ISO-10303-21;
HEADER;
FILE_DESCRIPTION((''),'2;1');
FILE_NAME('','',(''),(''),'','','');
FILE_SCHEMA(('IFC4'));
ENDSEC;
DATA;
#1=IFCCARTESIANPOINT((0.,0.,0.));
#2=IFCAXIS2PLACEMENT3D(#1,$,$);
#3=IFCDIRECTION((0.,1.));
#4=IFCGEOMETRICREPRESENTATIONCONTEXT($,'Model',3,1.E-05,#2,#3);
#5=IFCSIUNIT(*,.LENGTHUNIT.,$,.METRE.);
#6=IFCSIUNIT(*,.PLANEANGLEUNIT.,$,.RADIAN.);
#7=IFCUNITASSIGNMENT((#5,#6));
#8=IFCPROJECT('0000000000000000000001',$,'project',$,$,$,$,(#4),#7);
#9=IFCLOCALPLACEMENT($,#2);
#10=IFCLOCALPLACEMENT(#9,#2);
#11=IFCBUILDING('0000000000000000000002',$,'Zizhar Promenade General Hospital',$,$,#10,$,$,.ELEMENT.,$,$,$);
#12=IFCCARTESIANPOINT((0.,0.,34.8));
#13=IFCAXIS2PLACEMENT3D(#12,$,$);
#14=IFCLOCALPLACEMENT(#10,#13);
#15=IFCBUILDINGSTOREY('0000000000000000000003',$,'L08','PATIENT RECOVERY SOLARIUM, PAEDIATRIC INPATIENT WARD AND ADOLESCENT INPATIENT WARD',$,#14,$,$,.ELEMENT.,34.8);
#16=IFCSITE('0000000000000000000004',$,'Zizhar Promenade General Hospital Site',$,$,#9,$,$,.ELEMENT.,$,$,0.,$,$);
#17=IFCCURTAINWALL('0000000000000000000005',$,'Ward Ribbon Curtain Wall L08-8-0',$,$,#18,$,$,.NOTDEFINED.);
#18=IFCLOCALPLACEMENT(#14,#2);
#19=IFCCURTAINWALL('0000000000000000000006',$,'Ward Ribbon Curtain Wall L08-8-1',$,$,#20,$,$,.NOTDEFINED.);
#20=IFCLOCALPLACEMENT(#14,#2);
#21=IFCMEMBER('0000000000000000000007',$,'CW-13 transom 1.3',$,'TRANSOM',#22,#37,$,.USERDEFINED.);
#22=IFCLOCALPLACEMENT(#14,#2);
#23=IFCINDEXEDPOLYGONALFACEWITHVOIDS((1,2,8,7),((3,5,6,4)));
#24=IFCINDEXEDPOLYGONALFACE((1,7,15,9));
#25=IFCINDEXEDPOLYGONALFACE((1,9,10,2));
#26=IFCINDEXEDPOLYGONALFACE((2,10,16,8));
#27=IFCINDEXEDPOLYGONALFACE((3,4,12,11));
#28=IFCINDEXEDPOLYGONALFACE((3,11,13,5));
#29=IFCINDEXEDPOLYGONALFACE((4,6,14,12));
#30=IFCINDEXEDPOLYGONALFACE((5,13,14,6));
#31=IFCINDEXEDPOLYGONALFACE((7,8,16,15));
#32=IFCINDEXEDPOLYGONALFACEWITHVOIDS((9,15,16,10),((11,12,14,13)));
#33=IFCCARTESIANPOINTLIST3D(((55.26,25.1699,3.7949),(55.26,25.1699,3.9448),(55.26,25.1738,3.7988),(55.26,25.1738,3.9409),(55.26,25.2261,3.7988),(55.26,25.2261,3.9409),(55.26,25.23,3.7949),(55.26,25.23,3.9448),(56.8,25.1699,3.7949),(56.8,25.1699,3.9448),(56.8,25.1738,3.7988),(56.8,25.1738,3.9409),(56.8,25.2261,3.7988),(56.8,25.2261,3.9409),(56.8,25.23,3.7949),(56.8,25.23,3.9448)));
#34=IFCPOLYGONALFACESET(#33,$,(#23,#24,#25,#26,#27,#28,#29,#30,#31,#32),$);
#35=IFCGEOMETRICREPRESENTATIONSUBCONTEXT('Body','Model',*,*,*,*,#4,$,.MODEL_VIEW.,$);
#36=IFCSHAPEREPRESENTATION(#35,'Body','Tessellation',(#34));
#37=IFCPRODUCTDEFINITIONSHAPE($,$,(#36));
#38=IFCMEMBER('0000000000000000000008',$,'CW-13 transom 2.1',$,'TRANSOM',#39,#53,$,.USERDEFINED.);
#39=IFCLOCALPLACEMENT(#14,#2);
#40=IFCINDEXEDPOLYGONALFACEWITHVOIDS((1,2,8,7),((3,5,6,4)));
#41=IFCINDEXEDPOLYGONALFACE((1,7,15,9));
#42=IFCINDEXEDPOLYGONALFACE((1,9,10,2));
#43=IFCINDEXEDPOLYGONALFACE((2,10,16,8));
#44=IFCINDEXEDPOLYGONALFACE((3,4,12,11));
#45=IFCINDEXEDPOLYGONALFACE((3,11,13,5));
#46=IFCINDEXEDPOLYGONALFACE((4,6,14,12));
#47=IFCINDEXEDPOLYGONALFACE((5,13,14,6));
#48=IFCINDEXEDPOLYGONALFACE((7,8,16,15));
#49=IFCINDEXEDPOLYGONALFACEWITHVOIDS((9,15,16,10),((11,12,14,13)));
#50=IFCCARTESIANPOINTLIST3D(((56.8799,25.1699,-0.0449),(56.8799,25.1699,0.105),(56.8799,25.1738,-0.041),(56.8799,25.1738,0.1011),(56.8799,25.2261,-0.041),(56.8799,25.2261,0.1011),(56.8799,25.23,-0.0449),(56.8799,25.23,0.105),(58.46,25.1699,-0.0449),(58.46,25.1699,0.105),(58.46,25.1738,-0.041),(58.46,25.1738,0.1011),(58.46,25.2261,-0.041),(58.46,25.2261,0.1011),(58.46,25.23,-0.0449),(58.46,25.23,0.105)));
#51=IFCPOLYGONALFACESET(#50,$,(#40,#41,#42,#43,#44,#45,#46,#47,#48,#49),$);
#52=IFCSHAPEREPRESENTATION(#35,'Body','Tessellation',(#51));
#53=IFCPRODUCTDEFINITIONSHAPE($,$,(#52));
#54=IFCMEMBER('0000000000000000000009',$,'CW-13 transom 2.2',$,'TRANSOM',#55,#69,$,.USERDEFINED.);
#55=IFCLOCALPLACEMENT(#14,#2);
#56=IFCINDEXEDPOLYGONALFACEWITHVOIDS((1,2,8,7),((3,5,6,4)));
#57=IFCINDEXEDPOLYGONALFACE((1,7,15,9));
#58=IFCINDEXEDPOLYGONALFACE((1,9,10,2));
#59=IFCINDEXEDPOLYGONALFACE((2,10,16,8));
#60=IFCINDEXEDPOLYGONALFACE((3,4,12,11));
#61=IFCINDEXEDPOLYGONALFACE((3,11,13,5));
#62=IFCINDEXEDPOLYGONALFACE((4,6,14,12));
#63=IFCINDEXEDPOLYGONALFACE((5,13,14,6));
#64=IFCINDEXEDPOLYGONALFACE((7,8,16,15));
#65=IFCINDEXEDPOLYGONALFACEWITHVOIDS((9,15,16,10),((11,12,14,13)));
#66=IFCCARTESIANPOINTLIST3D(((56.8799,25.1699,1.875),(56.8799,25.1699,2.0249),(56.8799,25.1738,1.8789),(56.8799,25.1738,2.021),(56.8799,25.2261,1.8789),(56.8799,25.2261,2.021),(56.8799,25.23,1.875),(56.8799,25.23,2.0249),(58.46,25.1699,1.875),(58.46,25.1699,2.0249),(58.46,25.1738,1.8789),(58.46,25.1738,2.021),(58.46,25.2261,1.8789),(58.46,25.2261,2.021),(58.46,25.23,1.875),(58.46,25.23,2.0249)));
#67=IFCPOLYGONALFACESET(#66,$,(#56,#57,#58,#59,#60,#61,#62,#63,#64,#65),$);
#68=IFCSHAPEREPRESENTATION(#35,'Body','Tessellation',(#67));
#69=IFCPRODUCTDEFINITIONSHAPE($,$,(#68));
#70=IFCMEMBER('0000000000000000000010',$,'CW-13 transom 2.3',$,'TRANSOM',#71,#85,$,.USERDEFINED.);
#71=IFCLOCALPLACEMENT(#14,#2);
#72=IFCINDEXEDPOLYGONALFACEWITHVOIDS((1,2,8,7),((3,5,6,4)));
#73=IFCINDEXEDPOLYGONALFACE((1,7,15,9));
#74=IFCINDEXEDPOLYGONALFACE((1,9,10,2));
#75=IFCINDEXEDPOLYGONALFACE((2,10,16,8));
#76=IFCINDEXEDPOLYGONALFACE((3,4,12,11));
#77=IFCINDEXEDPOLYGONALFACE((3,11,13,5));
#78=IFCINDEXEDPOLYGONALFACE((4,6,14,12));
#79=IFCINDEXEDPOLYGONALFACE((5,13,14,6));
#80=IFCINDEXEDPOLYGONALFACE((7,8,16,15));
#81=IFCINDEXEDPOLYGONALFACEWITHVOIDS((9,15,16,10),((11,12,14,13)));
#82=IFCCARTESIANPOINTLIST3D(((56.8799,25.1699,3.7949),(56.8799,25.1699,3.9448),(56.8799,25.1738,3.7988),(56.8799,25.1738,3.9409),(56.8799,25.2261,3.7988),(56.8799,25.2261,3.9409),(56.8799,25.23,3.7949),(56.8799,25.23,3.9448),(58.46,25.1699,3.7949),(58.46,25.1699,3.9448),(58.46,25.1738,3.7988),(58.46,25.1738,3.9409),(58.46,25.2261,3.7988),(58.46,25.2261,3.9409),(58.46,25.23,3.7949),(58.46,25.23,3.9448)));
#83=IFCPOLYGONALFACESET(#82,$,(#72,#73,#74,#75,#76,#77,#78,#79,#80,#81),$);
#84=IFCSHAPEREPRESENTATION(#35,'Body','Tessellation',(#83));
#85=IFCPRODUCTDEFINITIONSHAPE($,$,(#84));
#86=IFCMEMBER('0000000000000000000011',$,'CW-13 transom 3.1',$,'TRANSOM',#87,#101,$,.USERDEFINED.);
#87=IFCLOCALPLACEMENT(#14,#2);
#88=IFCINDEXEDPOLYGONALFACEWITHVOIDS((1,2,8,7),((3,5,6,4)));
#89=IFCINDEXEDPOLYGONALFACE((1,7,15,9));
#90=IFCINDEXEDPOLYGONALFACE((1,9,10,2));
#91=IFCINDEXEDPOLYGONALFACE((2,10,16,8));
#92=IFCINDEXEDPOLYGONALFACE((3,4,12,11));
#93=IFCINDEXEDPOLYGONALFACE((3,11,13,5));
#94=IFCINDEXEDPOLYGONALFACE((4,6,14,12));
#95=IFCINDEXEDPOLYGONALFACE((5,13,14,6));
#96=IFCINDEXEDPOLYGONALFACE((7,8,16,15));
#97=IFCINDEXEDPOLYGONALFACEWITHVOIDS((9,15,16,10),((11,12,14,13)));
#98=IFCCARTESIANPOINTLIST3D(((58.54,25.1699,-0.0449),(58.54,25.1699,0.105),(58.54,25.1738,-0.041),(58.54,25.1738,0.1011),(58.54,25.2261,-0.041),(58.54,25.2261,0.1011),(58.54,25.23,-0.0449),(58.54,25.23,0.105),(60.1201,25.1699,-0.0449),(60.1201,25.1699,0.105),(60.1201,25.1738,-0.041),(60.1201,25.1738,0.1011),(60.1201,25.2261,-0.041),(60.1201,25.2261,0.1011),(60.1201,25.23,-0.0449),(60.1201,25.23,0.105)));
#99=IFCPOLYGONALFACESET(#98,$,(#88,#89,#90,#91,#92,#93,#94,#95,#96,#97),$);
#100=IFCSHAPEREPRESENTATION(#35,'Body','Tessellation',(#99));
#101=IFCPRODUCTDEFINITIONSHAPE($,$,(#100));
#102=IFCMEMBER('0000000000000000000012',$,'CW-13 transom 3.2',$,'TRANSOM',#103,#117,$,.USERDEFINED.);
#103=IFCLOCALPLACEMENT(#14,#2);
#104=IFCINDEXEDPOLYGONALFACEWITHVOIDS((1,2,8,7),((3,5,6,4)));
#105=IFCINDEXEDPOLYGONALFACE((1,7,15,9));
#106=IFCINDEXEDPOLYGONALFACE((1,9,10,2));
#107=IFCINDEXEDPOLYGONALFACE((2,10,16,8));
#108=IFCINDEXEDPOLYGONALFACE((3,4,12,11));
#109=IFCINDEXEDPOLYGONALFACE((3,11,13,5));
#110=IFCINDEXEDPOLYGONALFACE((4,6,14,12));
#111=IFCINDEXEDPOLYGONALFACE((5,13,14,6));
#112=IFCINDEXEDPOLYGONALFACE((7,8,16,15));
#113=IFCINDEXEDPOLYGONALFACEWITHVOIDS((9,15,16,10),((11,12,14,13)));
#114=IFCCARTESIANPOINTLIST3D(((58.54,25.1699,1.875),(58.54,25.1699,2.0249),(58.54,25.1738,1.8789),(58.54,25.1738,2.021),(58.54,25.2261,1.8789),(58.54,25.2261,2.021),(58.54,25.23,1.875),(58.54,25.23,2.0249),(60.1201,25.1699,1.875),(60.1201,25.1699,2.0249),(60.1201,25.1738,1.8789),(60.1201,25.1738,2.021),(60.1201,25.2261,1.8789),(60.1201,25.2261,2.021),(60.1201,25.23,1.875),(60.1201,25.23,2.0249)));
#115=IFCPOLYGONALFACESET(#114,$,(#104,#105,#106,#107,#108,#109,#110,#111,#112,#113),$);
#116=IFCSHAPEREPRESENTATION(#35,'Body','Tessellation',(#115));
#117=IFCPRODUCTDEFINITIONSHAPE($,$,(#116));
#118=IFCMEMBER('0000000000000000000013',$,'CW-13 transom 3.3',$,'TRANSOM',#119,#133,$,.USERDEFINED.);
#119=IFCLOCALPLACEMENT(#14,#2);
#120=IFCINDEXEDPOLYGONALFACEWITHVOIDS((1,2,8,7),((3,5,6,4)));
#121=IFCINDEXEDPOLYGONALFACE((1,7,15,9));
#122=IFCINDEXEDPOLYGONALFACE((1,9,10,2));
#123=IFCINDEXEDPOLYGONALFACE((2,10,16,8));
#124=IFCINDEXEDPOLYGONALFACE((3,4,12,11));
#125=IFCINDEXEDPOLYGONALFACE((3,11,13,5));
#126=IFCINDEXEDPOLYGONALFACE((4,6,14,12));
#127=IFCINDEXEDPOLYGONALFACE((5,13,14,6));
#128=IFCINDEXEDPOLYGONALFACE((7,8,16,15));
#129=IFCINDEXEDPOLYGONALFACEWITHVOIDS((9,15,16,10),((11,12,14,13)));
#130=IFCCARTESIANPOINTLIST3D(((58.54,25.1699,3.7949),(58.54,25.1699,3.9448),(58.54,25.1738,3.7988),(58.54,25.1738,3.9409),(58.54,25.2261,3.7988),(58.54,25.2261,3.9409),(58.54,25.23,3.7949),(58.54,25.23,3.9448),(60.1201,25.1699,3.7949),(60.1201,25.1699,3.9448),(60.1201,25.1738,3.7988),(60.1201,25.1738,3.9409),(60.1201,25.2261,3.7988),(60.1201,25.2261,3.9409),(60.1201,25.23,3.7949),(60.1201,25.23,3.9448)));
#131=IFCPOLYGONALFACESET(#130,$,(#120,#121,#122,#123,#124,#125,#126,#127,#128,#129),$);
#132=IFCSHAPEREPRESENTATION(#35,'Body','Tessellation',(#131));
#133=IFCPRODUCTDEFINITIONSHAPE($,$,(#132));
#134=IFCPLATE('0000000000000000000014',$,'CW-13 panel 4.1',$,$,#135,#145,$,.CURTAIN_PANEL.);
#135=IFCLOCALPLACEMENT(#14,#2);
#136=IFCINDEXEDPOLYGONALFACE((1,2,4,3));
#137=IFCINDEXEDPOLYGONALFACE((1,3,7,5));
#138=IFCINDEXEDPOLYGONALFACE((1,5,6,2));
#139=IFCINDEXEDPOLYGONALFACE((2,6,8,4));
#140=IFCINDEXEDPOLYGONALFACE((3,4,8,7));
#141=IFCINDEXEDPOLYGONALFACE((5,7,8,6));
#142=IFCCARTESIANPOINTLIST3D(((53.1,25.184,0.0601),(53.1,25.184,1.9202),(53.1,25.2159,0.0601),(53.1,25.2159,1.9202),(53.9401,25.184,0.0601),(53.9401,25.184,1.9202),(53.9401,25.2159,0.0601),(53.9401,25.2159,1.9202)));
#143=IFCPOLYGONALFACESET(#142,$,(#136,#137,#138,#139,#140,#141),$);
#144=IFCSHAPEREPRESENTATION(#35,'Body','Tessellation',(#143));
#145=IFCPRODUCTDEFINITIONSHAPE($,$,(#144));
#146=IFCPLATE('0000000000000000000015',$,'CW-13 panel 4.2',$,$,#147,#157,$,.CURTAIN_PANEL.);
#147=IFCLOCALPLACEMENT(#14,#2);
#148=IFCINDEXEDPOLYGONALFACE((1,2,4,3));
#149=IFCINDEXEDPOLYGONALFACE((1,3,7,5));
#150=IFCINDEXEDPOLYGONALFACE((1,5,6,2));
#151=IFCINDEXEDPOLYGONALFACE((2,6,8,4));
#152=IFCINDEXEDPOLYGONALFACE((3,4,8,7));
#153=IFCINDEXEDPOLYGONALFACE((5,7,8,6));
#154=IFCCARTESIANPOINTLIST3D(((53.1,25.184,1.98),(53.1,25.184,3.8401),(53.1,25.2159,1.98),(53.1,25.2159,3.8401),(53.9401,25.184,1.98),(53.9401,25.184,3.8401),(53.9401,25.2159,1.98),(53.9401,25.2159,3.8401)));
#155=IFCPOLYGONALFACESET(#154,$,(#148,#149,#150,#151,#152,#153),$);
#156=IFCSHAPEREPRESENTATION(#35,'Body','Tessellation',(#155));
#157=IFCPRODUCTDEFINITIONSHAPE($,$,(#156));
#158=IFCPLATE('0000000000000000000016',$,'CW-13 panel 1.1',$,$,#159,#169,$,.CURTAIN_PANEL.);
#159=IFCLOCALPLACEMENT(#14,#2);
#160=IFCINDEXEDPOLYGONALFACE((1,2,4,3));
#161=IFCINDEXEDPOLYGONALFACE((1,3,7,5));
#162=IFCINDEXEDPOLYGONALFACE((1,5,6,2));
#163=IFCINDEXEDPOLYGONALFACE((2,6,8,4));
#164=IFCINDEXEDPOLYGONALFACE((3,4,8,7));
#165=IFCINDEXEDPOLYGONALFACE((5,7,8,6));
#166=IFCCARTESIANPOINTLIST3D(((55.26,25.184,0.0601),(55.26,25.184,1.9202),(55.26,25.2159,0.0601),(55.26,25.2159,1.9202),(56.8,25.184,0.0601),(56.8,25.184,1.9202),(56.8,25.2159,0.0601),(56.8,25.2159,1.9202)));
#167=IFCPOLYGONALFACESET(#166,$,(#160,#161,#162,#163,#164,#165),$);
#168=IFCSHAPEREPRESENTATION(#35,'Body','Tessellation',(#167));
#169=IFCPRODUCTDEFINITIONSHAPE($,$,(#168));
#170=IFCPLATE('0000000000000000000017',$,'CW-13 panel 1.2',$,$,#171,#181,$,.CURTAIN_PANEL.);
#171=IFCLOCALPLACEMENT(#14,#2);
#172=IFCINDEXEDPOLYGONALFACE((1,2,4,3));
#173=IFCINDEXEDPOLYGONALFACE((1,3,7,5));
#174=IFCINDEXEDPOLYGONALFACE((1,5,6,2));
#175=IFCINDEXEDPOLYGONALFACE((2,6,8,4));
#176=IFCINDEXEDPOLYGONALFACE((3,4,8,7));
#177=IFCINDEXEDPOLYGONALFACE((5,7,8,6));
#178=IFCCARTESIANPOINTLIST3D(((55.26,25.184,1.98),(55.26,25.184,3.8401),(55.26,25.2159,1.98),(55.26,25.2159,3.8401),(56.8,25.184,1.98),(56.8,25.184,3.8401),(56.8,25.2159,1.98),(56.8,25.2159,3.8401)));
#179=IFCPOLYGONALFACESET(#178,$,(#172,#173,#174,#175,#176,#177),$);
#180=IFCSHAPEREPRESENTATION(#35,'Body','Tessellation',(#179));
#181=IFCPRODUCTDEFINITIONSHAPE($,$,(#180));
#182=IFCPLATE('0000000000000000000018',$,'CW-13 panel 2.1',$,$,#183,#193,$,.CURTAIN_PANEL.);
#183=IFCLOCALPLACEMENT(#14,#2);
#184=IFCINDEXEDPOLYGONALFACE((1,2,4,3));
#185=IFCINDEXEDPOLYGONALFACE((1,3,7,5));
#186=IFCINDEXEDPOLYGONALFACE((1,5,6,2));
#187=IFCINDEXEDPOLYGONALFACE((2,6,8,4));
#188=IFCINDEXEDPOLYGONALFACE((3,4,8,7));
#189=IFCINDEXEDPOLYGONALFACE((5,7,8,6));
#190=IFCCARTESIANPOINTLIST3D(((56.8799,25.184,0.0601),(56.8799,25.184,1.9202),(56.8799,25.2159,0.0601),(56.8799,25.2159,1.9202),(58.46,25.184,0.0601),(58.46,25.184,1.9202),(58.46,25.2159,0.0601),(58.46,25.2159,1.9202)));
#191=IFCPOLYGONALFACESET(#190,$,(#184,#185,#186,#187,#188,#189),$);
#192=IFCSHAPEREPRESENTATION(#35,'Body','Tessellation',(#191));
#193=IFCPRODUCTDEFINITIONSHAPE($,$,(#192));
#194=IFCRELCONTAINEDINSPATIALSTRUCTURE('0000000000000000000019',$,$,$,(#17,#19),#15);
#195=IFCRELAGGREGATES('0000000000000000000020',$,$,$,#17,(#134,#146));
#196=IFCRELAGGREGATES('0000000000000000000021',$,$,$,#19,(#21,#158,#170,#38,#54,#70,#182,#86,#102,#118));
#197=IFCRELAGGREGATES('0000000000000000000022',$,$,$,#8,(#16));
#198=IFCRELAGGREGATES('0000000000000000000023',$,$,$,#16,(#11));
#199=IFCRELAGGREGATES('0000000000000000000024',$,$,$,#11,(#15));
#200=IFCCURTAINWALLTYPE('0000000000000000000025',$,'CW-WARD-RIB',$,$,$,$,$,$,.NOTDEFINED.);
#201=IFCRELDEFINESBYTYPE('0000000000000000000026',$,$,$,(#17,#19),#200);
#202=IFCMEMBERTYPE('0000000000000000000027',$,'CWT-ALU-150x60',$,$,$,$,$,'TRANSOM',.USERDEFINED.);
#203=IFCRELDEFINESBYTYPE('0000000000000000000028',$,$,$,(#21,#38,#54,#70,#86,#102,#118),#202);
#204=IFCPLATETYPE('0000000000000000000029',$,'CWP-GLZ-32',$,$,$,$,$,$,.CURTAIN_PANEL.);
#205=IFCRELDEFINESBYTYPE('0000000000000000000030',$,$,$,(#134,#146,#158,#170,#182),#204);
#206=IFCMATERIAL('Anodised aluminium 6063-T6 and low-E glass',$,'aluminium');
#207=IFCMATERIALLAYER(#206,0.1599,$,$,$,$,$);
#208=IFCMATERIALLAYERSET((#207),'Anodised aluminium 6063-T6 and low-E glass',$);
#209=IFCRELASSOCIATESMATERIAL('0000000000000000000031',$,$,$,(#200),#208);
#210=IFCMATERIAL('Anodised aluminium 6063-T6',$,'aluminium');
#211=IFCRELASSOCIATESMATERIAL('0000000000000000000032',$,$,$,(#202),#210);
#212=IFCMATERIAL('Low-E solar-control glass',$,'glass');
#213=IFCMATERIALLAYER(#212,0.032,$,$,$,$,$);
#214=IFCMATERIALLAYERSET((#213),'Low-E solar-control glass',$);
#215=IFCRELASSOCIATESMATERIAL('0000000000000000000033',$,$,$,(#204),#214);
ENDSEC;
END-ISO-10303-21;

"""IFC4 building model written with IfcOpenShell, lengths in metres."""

from ifc_helpers import new_model, si_unit, direction, frame, origin, origin_2d, place, context, subcontext, project, spatial, rectangle, hollow_rectangle, extrude, material, layer, layer_set, material_profile, profile_set, type_object, element, aggregate, save


model = new_model("IFC4")

# Units and contexts
model_context = context("Model", 3, precision=1e-05, world=origin(), true_north=direction((0.0, 1.0)))
body_context = subcontext(model_context, "Body", "Model", "MODEL_VIEW")
ifc_project = project(units=[si_unit("LENGTHUNIT", "METRE"), si_unit("PLANEANGLEUNIT", "RADIAN")], contexts=[model_context])

# Site, building, storey
site_placement = place(None, origin())
site = spatial("IfcSite", under=ifc_project, at=site_placement, Name="Zizhar Promenade General Hospital Site", CompositionType="ELEMENT", RefElevation=0.0)
building_placement = place(site_placement, origin())
building = spatial("IfcBuilding", under=site, at=building_placement, Name="Zizhar Promenade General Hospital", CompositionType="ELEMENT")
storey_placement = place(building_placement, frame((0.0, 0.0, 34.8)))
storey = spatial("IfcBuildingStorey", under=building, at=storey_placement, Name="L08", Description="PATIENT RECOVERY SOLARIUM, PAEDIATRIC INPATIENT WARD AND ADOLESCENT INPATIENT WARD", CompositionType="ELEMENT", Elevation=34.8)

# Curtain wall
ifc_material_1 = material(Name="Anodised aluminium 6063-T6 and low-E glass", Category="aluminium")
ifc_layer_1 = layer(ifc_material_1, 0.1599)
ifc_layer_set_1 = layer_set([ifc_layer_1], Name="Anodised aluminium 6063-T6 and low-E glass")
curtain_wall_type = type_object("IfcCurtainWallType", Name="CW-WARD-RIB", PredefinedType="NOTDEFINED", material=ifc_layer_set_1)
curtain_wall_1_placement = place(storey_placement, origin())
curtain_wall_1 = element("IfcCurtainWall", 1, at=curtain_wall_1_placement, inside=storey, type_object=curtain_wall_type, Name="Ward Ribbon Curtain Wall L08-8-0", PredefinedType="NOTDEFINED")

# Curtain wall
curtain_wall_2_placement = place(storey_placement, origin())
curtain_wall_2 = element("IfcCurtainWall", 2, at=curtain_wall_2_placement, inside=storey, type_object=curtain_wall_type, Name="Ward Ribbon Curtain Wall L08-8-1", PredefinedType="NOTDEFINED")

# Members
ifc_material_2 = material(Name="Anodised aluminium 6063-T6", Category="aluminium")
ifc_material_profile_1 = material_profile(ifc_material_2, hollow_rectangle(XDim=0.0601, YDim=0.1499, WallThickness=0.0039, at=origin_2d()))
ifc_profile_set_1 = profile_set([ifc_material_profile_1], Name="Anodised aluminium 6063-T6")
member_type_1 = type_object("IfcMemberType", Name="CWT-ALU-150x60", ElementType="TRANSOM", PredefinedType="USERDEFINED", material=ifc_profile_set_1)
member_1_placement = place(storey_placement, frame((55.26, 25.2, 3.8699), z_axis=(1.0, 0.0, 0.0), x_axis=(0.0, 1.0, 0.0)))
member_1 = element("IfcMember", 3, at=member_1_placement, type_object=member_type_1, Name="CW-13 transom 1.3", ObjectType="TRANSOM", PredefinedType="USERDEFINED", context=body_context, shape_type="SweptSolid", body=[
    extrude(hollow_rectangle(XDim=0.0601, YDim=0.1499, WallThickness=0.0039, at=origin_2d()), origin(), (0.0, 0.0, 1.0), 1.54),
])
member_2_placement = place(storey_placement, frame((56.8799, 25.2, 0.03), z_axis=(1.0, 0.0, 0.0), x_axis=(0.0, 1.0, 0.0)))
member_2 = element("IfcMember", 4, at=member_2_placement, type_object=member_type_1, Name="CW-13 transom 2.1", ObjectType="TRANSOM", PredefinedType="USERDEFINED", context=body_context, shape_type="SweptSolid", body=[
    extrude(hollow_rectangle(XDim=0.0601, YDim=0.1499, WallThickness=0.0039, at=origin_2d()), origin(), (0.0, 0.0, 1.0), 1.5801),
])
member_3_placement = place(storey_placement, frame((56.8799, 25.2, 1.95), z_axis=(1.0, 0.0, 0.0), x_axis=(0.0, 1.0, 0.0)))
member_3 = element("IfcMember", 5, at=member_3_placement, type_object=member_type_1, Name="CW-13 transom 2.2", ObjectType="TRANSOM", PredefinedType="USERDEFINED", context=body_context, shape_type="SweptSolid", body=[
    extrude(hollow_rectangle(XDim=0.0601, YDim=0.1499, WallThickness=0.0039, at=origin_2d()), origin(), (0.0, 0.0, 1.0), 1.5801),
])
member_4_placement = place(storey_placement, frame((56.8799, 25.2, 3.8699), z_axis=(1.0, 0.0, 0.0), x_axis=(0.0, 1.0, 0.0)))
member_4 = element("IfcMember", 6, at=member_4_placement, type_object=member_type_1, Name="CW-13 transom 2.3", ObjectType="TRANSOM", PredefinedType="USERDEFINED", context=body_context, shape_type="SweptSolid", body=[
    extrude(hollow_rectangle(XDim=0.0601, YDim=0.1499, WallThickness=0.0039, at=origin_2d()), origin(), (0.0, 0.0, 1.0), 1.5801),
])
member_5_placement = place(storey_placement, frame((58.54, 25.2, 0.03), z_axis=(1.0, 0.0, 0.0), x_axis=(0.0, 1.0, 0.0)))
member_5 = element("IfcMember", 7, at=member_5_placement, type_object=member_type_1, Name="CW-13 transom 3.1", ObjectType="TRANSOM", PredefinedType="USERDEFINED", context=body_context, shape_type="SweptSolid", body=[
    extrude(hollow_rectangle(XDim=0.0601, YDim=0.1499, WallThickness=0.0039, at=origin_2d()), origin(), (0.0, 0.0, 1.0), 1.5801),
])
member_6_placement = place(storey_placement, frame((58.54, 25.2, 1.95), z_axis=(1.0, 0.0, 0.0), x_axis=(0.0, 1.0, 0.0)))
member_6 = element("IfcMember", 8, at=member_6_placement, type_object=member_type_1, Name="CW-13 transom 3.2", ObjectType="TRANSOM", PredefinedType="USERDEFINED", context=body_context, shape_type="SweptSolid", body=[
    extrude(hollow_rectangle(XDim=0.0601, YDim=0.1499, WallThickness=0.0039, at=origin_2d()), origin(), (0.0, 0.0, 1.0), 1.5801),
])
member_7_placement = place(storey_placement, frame((58.54, 25.2, 3.8699), z_axis=(1.0, 0.0, 0.0), x_axis=(0.0, 1.0, 0.0)))
member_7 = element("IfcMember", 9, at=member_7_placement, type_object=member_type_1, Name="CW-13 transom 3.3", ObjectType="TRANSOM", PredefinedType="USERDEFINED", context=body_context, shape_type="SweptSolid", body=[
    extrude(hollow_rectangle(XDim=0.0601, YDim=0.1499, WallThickness=0.0039, at=origin_2d()), origin(), (0.0, 0.0, 1.0), 1.5801),
])

# Plates
ifc_material_3 = material(Name="Low-E solar-control glass", Category="glass")
ifc_layer_2 = layer(ifc_material_3, 0.032)
ifc_layer_set_2 = layer_set([ifc_layer_2], Name="Low-E solar-control glass")
plate_type = type_object("IfcPlateType", Name="CWP-GLZ-32", PredefinedType="CURTAIN_PANEL", material=ifc_layer_set_2)
plate_1_placement = place(storey_placement, frame((53.52, 25.2, 0.0601), z_axis=(0.0, 0.0, 1.0), x_axis=(1.0, 0.0, 0.0)))
plate_1 = element("IfcPlate", 10, at=plate_1_placement, type_object=plate_type, Name="CW-13 panel 4.1", PredefinedType="CURTAIN_PANEL", context=body_context, shape_type="SweptSolid", body=[
    extrude(rectangle(XDim=0.8401, YDim=0.032, at=origin_2d()), origin(), (0.0, 0.0, 1.0), 1.8601),
])
plate_2_placement = place(storey_placement, frame((53.52, 25.2, 1.98), z_axis=(0.0, 0.0, 1.0), x_axis=(1.0, 0.0, 0.0)))
plate_2 = element("IfcPlate", 11, at=plate_2_placement, type_object=plate_type, Name="CW-13 panel 4.2", PredefinedType="CURTAIN_PANEL", context=body_context, shape_type="SweptSolid", body=[
    extrude(rectangle(XDim=0.8401, YDim=0.032, at=origin_2d()), origin(), (0.0, 0.0, 1.0), 1.8601),
])
aggregate(curtain_wall_1, [plate_1, plate_2])
plate_3_placement = place(storey_placement, frame((56.03, 25.2, 0.0601), z_axis=(0.0, 0.0, 1.0), x_axis=(1.0, 0.0, 0.0)))
plate_3 = element("IfcPlate", 12, at=plate_3_placement, type_object=plate_type, Name="CW-13 panel 1.1", PredefinedType="CURTAIN_PANEL", context=body_context, shape_type="SweptSolid", body=[
    extrude(rectangle(XDim=1.54, YDim=0.032, at=origin_2d()), origin(), (0.0, 0.0, 1.0), 1.8601),
])
plate_4_placement = place(storey_placement, frame((56.03, 25.2, 1.98), z_axis=(0.0, 0.0, 1.0), x_axis=(1.0, 0.0, 0.0)))
plate_4 = element("IfcPlate", 13, at=plate_4_placement, type_object=plate_type, Name="CW-13 panel 1.2", PredefinedType="CURTAIN_PANEL", context=body_context, shape_type="SweptSolid", body=[
    extrude(rectangle(XDim=1.54, YDim=0.032, at=origin_2d()), origin(), (0.0, 0.0, 1.0), 1.8601),
])
plate_5_placement = place(storey_placement, frame((57.6699, 25.2, 0.0601), z_axis=(0.0, 0.0, 1.0), x_axis=(1.0, 0.0, 0.0)))
plate_5 = element("IfcPlate", 14, at=plate_5_placement, type_object=plate_type, Name="CW-13 panel 2.1", PredefinedType="CURTAIN_PANEL", context=body_context, shape_type="SweptSolid", body=[
    extrude(rectangle(XDim=1.5801, YDim=0.032, at=origin_2d()), origin(), (0.0, 0.0, 1.0), 1.8601),
])
aggregate(curtain_wall_2, [member_1, plate_3, plate_4, member_2, member_3, member_4, plate_5, member_5, member_6, member_7])

save(model, "model.ifc")
